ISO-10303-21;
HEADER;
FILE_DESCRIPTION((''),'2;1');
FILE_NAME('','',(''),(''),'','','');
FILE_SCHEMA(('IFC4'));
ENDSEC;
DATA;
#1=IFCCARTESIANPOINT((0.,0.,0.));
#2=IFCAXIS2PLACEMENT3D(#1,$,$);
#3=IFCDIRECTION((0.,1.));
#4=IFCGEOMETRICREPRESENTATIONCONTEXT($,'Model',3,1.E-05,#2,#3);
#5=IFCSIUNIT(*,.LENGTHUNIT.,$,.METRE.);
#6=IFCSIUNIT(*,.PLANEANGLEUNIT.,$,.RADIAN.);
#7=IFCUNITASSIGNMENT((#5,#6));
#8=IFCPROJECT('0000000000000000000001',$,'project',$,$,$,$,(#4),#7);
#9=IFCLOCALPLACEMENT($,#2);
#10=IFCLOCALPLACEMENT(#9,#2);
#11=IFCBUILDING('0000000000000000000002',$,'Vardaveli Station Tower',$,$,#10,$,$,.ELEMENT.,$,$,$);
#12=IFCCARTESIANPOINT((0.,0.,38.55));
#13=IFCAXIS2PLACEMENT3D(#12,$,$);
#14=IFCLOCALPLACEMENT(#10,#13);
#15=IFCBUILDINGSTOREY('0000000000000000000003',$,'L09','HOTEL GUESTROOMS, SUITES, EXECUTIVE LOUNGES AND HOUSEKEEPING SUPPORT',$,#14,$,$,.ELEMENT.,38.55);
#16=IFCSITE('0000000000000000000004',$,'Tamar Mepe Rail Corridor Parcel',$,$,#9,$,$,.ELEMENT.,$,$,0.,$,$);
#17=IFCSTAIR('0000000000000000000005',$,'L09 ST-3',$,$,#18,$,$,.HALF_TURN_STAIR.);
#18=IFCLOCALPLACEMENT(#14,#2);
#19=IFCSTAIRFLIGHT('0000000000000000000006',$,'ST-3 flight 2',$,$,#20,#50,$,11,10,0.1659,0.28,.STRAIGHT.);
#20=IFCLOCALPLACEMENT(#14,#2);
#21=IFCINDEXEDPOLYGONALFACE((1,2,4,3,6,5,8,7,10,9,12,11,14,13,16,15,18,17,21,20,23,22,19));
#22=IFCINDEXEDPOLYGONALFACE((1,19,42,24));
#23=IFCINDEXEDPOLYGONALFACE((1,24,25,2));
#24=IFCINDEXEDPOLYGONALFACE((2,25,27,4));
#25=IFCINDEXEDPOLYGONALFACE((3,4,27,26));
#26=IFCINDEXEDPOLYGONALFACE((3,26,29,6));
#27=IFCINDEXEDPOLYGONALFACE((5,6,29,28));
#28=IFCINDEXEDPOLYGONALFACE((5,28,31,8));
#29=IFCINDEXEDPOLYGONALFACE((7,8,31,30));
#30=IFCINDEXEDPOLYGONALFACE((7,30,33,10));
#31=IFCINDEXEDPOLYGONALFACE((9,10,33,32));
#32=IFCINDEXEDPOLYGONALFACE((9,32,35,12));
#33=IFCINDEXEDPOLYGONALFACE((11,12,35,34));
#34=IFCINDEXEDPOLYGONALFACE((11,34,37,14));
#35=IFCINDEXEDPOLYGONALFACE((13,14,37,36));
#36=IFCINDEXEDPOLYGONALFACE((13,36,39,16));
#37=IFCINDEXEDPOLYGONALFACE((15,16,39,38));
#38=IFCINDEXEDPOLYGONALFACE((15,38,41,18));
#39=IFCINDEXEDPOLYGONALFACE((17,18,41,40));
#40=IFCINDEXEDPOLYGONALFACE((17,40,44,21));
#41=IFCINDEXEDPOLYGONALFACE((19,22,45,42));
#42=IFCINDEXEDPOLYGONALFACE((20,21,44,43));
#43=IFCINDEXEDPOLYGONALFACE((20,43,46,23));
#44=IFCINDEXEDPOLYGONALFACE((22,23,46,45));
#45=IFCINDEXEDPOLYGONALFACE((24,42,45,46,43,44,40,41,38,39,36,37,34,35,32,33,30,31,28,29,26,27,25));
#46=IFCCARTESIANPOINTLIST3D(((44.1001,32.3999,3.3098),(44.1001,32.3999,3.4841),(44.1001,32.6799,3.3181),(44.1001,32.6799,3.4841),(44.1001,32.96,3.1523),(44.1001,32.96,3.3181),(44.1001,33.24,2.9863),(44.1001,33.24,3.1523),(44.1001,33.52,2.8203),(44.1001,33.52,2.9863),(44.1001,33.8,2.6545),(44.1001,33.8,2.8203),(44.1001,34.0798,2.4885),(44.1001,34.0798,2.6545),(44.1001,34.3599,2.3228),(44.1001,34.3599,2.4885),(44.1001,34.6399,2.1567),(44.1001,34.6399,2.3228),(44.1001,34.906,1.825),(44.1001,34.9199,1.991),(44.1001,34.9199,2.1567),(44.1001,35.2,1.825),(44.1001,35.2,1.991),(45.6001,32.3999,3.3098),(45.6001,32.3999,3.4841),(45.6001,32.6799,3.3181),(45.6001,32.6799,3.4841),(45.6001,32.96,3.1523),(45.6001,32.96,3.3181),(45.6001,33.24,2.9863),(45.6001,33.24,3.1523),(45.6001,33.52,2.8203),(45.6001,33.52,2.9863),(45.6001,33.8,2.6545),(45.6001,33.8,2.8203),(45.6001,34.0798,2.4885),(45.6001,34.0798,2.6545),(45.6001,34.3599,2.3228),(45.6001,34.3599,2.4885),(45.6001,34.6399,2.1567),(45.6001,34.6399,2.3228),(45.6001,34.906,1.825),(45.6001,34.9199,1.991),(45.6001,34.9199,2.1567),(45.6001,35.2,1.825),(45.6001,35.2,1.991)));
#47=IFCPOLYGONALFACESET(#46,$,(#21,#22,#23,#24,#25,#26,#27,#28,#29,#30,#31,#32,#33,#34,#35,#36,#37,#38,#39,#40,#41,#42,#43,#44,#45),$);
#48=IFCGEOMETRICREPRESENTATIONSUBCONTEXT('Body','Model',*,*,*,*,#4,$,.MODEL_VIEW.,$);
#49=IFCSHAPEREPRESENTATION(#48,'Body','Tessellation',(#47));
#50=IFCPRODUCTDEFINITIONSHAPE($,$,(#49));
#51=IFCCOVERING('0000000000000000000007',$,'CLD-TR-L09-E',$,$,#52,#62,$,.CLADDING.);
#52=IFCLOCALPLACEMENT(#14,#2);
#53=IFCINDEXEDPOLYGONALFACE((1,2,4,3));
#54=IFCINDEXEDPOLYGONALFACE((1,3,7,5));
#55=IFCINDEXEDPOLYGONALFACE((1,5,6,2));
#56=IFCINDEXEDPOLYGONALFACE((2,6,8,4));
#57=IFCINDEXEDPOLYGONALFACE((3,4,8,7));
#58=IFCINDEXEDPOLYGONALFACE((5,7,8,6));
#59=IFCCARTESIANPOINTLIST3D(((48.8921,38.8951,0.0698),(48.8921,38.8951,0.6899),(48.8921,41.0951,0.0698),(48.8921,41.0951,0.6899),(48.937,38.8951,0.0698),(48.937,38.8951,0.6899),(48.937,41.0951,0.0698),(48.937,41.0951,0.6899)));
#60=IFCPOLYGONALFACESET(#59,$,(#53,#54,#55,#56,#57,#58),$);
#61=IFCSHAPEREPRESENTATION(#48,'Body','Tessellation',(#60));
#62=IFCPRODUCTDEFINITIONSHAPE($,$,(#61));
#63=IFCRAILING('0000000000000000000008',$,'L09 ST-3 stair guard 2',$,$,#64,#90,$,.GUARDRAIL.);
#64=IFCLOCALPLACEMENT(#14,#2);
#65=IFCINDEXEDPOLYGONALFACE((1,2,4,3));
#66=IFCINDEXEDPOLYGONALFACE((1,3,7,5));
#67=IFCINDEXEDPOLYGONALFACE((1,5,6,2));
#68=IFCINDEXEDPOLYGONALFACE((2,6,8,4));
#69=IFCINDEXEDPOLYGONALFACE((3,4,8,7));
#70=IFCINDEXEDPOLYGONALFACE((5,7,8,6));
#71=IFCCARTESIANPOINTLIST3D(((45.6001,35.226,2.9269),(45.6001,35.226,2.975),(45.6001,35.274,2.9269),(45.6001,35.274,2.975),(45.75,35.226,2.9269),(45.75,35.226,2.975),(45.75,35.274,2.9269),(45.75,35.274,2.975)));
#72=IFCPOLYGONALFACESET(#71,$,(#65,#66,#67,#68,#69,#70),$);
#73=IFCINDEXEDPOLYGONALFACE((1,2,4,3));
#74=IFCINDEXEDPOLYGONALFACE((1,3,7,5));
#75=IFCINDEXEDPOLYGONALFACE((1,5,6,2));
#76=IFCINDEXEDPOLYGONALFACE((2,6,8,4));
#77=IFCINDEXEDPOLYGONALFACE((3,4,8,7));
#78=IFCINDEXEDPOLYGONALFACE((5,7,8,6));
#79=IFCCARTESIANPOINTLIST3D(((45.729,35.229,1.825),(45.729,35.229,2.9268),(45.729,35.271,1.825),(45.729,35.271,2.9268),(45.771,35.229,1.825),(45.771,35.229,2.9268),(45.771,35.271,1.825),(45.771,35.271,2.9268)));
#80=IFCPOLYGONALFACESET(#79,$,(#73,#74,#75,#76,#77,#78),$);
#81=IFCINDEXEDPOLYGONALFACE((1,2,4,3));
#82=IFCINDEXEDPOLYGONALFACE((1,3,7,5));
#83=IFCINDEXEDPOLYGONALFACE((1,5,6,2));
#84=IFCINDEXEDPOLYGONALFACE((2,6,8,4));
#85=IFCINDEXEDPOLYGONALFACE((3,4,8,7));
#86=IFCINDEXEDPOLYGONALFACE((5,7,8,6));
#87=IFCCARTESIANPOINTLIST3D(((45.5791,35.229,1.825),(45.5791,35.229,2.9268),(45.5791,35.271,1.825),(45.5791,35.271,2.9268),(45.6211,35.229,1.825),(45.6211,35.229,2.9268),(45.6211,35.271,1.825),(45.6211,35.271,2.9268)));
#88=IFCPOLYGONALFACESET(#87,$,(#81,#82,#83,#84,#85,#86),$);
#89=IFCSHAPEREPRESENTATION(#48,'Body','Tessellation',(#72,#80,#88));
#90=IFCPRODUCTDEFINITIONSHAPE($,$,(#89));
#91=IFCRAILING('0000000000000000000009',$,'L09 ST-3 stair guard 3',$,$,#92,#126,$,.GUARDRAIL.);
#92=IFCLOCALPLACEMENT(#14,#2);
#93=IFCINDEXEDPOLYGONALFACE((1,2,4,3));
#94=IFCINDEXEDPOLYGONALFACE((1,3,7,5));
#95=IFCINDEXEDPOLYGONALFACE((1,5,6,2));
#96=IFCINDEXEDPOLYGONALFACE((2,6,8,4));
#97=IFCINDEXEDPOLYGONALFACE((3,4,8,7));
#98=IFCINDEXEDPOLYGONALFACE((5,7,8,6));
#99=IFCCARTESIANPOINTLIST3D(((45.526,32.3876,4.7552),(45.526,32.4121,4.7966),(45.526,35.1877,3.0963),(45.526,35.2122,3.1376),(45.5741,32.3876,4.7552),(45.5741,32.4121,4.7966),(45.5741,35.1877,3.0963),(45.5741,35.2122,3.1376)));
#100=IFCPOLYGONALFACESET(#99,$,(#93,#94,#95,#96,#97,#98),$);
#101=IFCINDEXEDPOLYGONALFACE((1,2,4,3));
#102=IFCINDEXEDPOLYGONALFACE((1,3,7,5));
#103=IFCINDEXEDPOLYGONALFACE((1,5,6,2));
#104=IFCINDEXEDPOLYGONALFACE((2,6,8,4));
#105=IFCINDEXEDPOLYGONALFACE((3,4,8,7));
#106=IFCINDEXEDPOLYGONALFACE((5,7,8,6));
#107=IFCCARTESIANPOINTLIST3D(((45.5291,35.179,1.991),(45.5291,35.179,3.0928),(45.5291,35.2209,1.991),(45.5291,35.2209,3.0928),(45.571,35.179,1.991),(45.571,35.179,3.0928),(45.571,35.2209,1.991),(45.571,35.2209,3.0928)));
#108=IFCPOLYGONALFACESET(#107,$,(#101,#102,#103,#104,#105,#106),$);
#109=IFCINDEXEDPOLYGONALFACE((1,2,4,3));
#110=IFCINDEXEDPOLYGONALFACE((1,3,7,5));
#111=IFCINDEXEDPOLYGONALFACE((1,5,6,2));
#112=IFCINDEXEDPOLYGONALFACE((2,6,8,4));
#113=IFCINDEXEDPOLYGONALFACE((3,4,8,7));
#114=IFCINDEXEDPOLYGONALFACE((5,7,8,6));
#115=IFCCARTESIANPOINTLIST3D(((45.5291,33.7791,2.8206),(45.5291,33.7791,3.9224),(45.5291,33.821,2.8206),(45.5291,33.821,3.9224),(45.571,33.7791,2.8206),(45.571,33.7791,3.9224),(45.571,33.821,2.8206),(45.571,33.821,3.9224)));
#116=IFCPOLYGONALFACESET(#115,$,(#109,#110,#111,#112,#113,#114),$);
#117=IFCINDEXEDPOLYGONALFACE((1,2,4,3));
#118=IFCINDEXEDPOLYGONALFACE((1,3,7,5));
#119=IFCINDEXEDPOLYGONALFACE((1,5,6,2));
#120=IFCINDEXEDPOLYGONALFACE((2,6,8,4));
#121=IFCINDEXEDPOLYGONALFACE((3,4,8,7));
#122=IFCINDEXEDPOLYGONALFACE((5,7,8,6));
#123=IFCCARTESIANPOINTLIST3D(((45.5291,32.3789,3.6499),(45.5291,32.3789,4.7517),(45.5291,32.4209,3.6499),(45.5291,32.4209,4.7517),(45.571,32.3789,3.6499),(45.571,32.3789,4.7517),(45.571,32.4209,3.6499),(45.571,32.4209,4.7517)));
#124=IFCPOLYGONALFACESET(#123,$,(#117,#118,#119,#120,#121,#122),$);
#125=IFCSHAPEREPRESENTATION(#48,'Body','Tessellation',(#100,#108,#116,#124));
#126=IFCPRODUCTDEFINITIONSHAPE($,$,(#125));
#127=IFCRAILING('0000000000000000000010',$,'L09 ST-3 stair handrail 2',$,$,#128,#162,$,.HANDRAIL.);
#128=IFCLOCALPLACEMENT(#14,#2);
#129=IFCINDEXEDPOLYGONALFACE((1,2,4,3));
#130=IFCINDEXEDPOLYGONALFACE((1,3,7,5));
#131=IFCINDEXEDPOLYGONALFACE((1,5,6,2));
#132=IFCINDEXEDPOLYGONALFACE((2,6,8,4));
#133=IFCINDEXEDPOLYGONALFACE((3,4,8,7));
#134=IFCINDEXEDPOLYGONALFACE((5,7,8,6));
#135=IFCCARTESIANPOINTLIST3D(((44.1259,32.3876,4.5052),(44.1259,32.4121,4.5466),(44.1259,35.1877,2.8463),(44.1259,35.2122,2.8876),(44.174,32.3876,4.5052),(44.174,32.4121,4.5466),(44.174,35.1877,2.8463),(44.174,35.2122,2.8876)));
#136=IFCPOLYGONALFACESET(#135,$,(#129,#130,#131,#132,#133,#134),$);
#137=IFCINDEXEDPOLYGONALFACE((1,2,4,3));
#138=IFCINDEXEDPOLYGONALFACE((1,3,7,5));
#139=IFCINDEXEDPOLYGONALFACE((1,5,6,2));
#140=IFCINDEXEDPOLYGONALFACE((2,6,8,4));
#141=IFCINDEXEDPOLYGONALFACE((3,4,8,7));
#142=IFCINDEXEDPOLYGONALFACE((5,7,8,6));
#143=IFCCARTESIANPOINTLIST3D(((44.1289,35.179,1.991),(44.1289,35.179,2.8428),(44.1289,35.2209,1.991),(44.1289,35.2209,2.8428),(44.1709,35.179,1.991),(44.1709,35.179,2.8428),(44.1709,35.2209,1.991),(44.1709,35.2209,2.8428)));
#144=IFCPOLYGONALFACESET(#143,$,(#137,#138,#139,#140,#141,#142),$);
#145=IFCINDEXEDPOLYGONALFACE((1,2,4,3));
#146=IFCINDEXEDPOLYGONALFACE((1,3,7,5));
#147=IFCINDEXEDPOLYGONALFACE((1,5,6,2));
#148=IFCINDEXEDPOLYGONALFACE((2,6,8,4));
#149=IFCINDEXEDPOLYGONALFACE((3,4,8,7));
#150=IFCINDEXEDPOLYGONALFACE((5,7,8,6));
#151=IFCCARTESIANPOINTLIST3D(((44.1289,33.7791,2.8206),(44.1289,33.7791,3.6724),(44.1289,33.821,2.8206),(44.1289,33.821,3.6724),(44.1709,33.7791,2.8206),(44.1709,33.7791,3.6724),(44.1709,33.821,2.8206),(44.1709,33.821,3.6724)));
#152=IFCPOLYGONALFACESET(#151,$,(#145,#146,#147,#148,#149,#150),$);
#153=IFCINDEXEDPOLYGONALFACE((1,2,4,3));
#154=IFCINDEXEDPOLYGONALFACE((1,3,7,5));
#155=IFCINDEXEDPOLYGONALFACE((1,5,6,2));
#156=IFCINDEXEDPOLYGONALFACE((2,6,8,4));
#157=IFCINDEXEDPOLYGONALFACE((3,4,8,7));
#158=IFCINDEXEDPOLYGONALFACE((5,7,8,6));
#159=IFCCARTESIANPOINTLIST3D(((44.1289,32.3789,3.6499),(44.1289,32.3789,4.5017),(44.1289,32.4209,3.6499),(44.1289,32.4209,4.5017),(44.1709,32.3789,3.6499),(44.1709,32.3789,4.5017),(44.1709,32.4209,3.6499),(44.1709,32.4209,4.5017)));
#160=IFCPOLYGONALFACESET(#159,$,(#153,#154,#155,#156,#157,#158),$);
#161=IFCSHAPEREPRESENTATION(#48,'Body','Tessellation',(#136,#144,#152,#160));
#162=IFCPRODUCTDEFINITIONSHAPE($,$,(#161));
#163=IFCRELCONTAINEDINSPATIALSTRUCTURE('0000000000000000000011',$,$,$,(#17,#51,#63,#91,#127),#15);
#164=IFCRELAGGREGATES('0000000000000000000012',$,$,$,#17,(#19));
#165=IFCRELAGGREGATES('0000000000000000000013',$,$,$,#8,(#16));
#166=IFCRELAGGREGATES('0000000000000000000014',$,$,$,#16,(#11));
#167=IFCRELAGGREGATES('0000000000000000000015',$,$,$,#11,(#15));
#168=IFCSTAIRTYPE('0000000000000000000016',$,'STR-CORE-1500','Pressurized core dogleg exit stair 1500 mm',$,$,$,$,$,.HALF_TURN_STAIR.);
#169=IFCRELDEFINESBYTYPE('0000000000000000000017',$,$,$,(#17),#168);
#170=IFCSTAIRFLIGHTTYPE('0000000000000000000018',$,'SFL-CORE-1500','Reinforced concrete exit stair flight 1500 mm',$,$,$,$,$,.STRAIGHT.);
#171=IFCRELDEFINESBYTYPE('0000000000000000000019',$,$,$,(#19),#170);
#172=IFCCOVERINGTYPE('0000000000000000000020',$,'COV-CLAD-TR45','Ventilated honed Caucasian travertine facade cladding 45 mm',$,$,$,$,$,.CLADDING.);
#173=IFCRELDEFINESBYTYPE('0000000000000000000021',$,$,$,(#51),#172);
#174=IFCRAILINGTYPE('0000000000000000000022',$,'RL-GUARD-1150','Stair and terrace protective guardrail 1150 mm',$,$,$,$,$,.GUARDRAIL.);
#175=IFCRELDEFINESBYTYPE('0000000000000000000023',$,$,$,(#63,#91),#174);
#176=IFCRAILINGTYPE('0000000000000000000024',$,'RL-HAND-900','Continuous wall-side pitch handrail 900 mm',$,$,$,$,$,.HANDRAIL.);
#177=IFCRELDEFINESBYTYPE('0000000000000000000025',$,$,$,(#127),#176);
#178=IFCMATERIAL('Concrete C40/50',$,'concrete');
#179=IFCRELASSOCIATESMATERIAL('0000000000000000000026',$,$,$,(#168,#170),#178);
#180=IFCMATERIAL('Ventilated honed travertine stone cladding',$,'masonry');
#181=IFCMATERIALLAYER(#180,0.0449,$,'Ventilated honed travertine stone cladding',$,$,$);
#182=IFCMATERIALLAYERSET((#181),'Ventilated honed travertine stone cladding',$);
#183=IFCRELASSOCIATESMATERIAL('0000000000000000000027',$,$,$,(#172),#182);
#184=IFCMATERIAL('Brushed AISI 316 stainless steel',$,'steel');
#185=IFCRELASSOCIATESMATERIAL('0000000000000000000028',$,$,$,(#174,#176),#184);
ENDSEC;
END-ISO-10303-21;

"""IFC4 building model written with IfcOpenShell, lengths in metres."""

from ifc_helpers import new_model, si_unit, direction, frame, origin, origin_2d, place, context, subcontext, project, spatial, polyline, rectangle, outline, extrude, source, transform, mapped, material, layer, layer_set, type_object, element, aggregate, save


model = new_model("IFC4")

# Units and contexts
model_context = context("Model", 3, precision=1e-05, world=origin(), true_north=direction((0.0, 1.0)))
body_context = subcontext(model_context, "Body", "Model", "MODEL_VIEW")
ifc_project = project(units=[si_unit("LENGTHUNIT", "METRE"), si_unit("PLANEANGLEUNIT", "RADIAN")], contexts=[model_context])

# Site, building, storey
site_placement = place(None, origin())
site = spatial("IfcSite", under=ifc_project, at=site_placement, Name="Tamar Mepe Rail Corridor Parcel", CompositionType="ELEMENT", RefElevation=0.0)
building_placement = place(site_placement, origin())
building = spatial("IfcBuilding", under=site, at=building_placement, Name="Vardaveli Station Tower", CompositionType="ELEMENT")
storey_placement = place(building_placement, frame((0.0, 0.0, 38.55)))
storey = spatial("IfcBuildingStorey", under=building, at=storey_placement, Name="L09", Description="HOTEL GUESTROOMS, SUITES, EXECUTIVE LOUNGES AND HOUSEKEEPING SUPPORT", CompositionType="ELEMENT", Elevation=38.55)

# Shared definitions
ifc_material_1 = material(Name="Concrete C40/50", Category="concrete")

# Stair, stair flight
stair_type = type_object("IfcStairType", Name="STR-CORE-1500", Description="Pressurized core dogleg exit stair 1500 mm", PredefinedType="HALF_TURN_STAIR", material=ifc_material_1)
stair_placement = place(storey_placement, origin())
stair = element("IfcStair", 1, at=stair_placement, inside=storey, type_object=stair_type, Name="L09 ST-3", PredefinedType="HALF_TURN_STAIR")
stair_flight_type = type_object("IfcStairFlightType", Name="SFL-CORE-1500", Description="Reinforced concrete exit stair flight 1500 mm", PredefinedType="STRAIGHT", material=ifc_material_1)
shared_shape_1 = source(origin(), body_context, "Body", "SweptSolid", [
    extrude(outline(polyline([(0.0, 0.0), (0.0, 0.166), (0.28, 0.166), (0.28, 0.3318), (0.5601, 0.3318), (0.5601, 0.4978), (0.8401, 0.4978), (0.8401, 0.6636), (1.1201, 0.6636), (1.1201, 0.8296), (1.3999, 0.8296), (1.3999, 0.9954), (1.6799, 0.9954), (1.6799, 1.1614), (1.96, 1.1614), (1.96, 1.3274), (2.24, 1.3274), (2.24, 1.4932), (2.52, 1.4932), (2.52, 1.6592), (2.8, 1.6592), (2.8, 1.825), (2.8, 1.4849), (0.2939, 0.0), (0.0, 0.0)])), frame((0.0, 0.75, 0.0), z_axis=(0.0, -1.0, 0.0), x_axis=(1.0, 0.0, 0.0)), (0.0, 0.0, 1.0), 1.5),
])
stair_flight_placement = place(storey_placement, frame((44.8501, 35.2, 1.825), z_axis=(0.0, 0.0, 1.0), x_axis=(0.0, -1.0, 0.0)))
stair_flight = element("IfcStairFlight", 2, at=stair_flight_placement, type_object=stair_flight_type, Name="ST-3 flight 2", NumberOfRisers=11, NumberOfTreads=10, PredefinedType="STRAIGHT", RiserHeight=0.1659, TreadLength=0.28, context=body_context, shape_type="MappedRepresentation", body=[
    mapped(shared_shape_1, transform((0.0, 0.0, 0.0), scale=1.0)),
])
aggregate(stair, [stair_flight])

# Covering
ifc_material_2 = material(Name="Ventilated honed travertine stone cladding", Category="masonry")
ifc_layer_1 = layer(ifc_material_2, 0.0449, Name="Ventilated honed travertine stone cladding")
ifc_layer_set_1 = layer_set([ifc_layer_1], Name="Ventilated honed travertine stone cladding")
covering_type = type_object("IfcCoveringType", Name="COV-CLAD-TR45", Description="Ventilated honed Caucasian travertine facade cladding 45 mm", PredefinedType="CLADDING", material=ifc_layer_set_1)
shared_shape_2 = source(origin(), body_context, "Body", "SweptSolid", [
    extrude(rectangle(XDim=2.2, YDim=0.0449, at=origin_2d()), origin(), (0.0, 0.0, 1.0), 0.6201),
])
covering_placement = place(storey_placement, frame((48.9146, 39.9951, 0.0698), z_axis=(0.0, 0.0, 1.0), x_axis=(0.0, 1.0, 0.0)))
element("IfcCovering", 3, at=covering_placement, inside=storey, type_object=covering_type, Name="CLD-TR-L09-E", PredefinedType="CLADDING", context=body_context, shape_type="MappedRepresentation", body=[
    mapped(shared_shape_2, transform((0.0, 0.0, 0.0), scale=1.0)),
])

# Railings
ifc_material_3 = material(Name="Brushed AISI 316 stainless steel", Category="steel")
railing_type_1 = type_object("IfcRailingType", Name="RL-GUARD-1150", Description="Stair and terrace protective guardrail 1150 mm", PredefinedType="GUARDRAIL", material=ifc_material_3)
shared_shape_3 = source(origin(), body_context, "Body", "SweptSolid", [
    extrude(rectangle(XDim=0.0481, YDim=0.0481, at=origin_2d()), frame((0.0, 0.0, 1.126), z_axis=(-1.0, 0.0, 0.0), x_axis=(0.0, -1.0, 0.0)), (0.0, 0.0, 1.0), 0.1499),
    extrude(rectangle(XDim=0.042, YDim=0.042, at=origin_2d()), origin(), (0.0, 0.0, 1.0), 1.1018),
    extrude(rectangle(XDim=0.042, YDim=0.042, at=origin_2d()), frame((-0.1499, 0.0, 0.0)), (0.0, 0.0, 1.0), 1.1018),
])
railing_1_placement = place(storey_placement, frame((45.75, 35.25, 1.825)))
element("IfcRailing", 4, at=railing_1_placement, inside=storey, type_object=railing_type_1, Name="L09 ST-3 stair guard 2", PredefinedType="GUARDRAIL", context=body_context, shape_type="MappedRepresentation", body=[
    mapped(shared_shape_3, transform((0.0, 0.0, 0.0), scale=1.0)),
])
shared_shape_4 = source(origin(), body_context, "Body", "SweptSolid", [
    extrude(rectangle(XDim=0.0481, YDim=0.0481, at=origin_2d()), frame((0.0, 0.0, 1.126), z_axis=(0.0, -0.860339, 0.509722), x_axis=(1.0, 0.0, 0.0)), (0.0, 0.0, 1.0), 3.2546),
    extrude(rectangle(XDim=0.042, YDim=0.042, at=origin_2d()), origin(), (0.0, 0.0, 1.0), 1.1018),
    extrude(rectangle(XDim=0.042, YDim=0.042, at=origin_2d()), frame((0.0, -1.3999, 0.8296)), (0.0, 0.0, 1.0), 1.1018),
    extrude(rectangle(XDim=0.042, YDim=0.042, at=origin_2d()), frame((0.0, -2.8, 1.6589)), (0.0, 0.0, 1.0), 1.1018),
])
railing_2_placement = place(storey_placement, frame((45.55, 35.2, 1.991)))
element("IfcRailing", 5, at=railing_2_placement, inside=storey, type_object=railing_type_1, Name="L09 ST-3 stair guard 3", PredefinedType="GUARDRAIL", context=body_context, shape_type="MappedRepresentation", body=[
    mapped(shared_shape_4, transform((0.0, 0.0, 0.0), scale=1.0)),
])
railing_type_2 = type_object("IfcRailingType", Name="RL-HAND-900", Description="Continuous wall-side pitch handrail 900 mm", PredefinedType="HANDRAIL", material=ifc_material_3)
shared_shape_5 = source(origin(), body_context, "Body", "SweptSolid", [
    extrude(rectangle(XDim=0.0481, YDim=0.0481, at=origin_2d()), frame((0.0, 0.0, 0.876), z_axis=(0.0, -0.860339, 0.509722), x_axis=(1.0, 0.0, 0.0)), (0.0, 0.0, 1.0), 3.2546),
    extrude(rectangle(XDim=0.042, YDim=0.042, at=origin_2d()), origin(), (0.0, 0.0, 1.0), 0.8518),
    extrude(rectangle(XDim=0.042, YDim=0.042, at=origin_2d()), frame((0.0, -1.3999, 0.8296)), (0.0, 0.0, 1.0), 0.8518),
    extrude(rectangle(XDim=0.042, YDim=0.042, at=origin_2d()), frame((0.0, -2.8, 1.6589)), (0.0, 0.0, 1.0), 0.8518),
])
railing_3_placement = place(storey_placement, frame((44.1499, 35.2, 1.991)))
element("IfcRailing", 6, at=railing_3_placement, inside=storey, type_object=railing_type_2, Name="L09 ST-3 stair handrail 2", PredefinedType="HANDRAIL", context=body_context, shape_type="MappedRepresentation", body=[
    mapped(shared_shape_5, transform((0.0, 0.0, 0.0), scale=1.0)),
])

save(model, "model.ifc")
